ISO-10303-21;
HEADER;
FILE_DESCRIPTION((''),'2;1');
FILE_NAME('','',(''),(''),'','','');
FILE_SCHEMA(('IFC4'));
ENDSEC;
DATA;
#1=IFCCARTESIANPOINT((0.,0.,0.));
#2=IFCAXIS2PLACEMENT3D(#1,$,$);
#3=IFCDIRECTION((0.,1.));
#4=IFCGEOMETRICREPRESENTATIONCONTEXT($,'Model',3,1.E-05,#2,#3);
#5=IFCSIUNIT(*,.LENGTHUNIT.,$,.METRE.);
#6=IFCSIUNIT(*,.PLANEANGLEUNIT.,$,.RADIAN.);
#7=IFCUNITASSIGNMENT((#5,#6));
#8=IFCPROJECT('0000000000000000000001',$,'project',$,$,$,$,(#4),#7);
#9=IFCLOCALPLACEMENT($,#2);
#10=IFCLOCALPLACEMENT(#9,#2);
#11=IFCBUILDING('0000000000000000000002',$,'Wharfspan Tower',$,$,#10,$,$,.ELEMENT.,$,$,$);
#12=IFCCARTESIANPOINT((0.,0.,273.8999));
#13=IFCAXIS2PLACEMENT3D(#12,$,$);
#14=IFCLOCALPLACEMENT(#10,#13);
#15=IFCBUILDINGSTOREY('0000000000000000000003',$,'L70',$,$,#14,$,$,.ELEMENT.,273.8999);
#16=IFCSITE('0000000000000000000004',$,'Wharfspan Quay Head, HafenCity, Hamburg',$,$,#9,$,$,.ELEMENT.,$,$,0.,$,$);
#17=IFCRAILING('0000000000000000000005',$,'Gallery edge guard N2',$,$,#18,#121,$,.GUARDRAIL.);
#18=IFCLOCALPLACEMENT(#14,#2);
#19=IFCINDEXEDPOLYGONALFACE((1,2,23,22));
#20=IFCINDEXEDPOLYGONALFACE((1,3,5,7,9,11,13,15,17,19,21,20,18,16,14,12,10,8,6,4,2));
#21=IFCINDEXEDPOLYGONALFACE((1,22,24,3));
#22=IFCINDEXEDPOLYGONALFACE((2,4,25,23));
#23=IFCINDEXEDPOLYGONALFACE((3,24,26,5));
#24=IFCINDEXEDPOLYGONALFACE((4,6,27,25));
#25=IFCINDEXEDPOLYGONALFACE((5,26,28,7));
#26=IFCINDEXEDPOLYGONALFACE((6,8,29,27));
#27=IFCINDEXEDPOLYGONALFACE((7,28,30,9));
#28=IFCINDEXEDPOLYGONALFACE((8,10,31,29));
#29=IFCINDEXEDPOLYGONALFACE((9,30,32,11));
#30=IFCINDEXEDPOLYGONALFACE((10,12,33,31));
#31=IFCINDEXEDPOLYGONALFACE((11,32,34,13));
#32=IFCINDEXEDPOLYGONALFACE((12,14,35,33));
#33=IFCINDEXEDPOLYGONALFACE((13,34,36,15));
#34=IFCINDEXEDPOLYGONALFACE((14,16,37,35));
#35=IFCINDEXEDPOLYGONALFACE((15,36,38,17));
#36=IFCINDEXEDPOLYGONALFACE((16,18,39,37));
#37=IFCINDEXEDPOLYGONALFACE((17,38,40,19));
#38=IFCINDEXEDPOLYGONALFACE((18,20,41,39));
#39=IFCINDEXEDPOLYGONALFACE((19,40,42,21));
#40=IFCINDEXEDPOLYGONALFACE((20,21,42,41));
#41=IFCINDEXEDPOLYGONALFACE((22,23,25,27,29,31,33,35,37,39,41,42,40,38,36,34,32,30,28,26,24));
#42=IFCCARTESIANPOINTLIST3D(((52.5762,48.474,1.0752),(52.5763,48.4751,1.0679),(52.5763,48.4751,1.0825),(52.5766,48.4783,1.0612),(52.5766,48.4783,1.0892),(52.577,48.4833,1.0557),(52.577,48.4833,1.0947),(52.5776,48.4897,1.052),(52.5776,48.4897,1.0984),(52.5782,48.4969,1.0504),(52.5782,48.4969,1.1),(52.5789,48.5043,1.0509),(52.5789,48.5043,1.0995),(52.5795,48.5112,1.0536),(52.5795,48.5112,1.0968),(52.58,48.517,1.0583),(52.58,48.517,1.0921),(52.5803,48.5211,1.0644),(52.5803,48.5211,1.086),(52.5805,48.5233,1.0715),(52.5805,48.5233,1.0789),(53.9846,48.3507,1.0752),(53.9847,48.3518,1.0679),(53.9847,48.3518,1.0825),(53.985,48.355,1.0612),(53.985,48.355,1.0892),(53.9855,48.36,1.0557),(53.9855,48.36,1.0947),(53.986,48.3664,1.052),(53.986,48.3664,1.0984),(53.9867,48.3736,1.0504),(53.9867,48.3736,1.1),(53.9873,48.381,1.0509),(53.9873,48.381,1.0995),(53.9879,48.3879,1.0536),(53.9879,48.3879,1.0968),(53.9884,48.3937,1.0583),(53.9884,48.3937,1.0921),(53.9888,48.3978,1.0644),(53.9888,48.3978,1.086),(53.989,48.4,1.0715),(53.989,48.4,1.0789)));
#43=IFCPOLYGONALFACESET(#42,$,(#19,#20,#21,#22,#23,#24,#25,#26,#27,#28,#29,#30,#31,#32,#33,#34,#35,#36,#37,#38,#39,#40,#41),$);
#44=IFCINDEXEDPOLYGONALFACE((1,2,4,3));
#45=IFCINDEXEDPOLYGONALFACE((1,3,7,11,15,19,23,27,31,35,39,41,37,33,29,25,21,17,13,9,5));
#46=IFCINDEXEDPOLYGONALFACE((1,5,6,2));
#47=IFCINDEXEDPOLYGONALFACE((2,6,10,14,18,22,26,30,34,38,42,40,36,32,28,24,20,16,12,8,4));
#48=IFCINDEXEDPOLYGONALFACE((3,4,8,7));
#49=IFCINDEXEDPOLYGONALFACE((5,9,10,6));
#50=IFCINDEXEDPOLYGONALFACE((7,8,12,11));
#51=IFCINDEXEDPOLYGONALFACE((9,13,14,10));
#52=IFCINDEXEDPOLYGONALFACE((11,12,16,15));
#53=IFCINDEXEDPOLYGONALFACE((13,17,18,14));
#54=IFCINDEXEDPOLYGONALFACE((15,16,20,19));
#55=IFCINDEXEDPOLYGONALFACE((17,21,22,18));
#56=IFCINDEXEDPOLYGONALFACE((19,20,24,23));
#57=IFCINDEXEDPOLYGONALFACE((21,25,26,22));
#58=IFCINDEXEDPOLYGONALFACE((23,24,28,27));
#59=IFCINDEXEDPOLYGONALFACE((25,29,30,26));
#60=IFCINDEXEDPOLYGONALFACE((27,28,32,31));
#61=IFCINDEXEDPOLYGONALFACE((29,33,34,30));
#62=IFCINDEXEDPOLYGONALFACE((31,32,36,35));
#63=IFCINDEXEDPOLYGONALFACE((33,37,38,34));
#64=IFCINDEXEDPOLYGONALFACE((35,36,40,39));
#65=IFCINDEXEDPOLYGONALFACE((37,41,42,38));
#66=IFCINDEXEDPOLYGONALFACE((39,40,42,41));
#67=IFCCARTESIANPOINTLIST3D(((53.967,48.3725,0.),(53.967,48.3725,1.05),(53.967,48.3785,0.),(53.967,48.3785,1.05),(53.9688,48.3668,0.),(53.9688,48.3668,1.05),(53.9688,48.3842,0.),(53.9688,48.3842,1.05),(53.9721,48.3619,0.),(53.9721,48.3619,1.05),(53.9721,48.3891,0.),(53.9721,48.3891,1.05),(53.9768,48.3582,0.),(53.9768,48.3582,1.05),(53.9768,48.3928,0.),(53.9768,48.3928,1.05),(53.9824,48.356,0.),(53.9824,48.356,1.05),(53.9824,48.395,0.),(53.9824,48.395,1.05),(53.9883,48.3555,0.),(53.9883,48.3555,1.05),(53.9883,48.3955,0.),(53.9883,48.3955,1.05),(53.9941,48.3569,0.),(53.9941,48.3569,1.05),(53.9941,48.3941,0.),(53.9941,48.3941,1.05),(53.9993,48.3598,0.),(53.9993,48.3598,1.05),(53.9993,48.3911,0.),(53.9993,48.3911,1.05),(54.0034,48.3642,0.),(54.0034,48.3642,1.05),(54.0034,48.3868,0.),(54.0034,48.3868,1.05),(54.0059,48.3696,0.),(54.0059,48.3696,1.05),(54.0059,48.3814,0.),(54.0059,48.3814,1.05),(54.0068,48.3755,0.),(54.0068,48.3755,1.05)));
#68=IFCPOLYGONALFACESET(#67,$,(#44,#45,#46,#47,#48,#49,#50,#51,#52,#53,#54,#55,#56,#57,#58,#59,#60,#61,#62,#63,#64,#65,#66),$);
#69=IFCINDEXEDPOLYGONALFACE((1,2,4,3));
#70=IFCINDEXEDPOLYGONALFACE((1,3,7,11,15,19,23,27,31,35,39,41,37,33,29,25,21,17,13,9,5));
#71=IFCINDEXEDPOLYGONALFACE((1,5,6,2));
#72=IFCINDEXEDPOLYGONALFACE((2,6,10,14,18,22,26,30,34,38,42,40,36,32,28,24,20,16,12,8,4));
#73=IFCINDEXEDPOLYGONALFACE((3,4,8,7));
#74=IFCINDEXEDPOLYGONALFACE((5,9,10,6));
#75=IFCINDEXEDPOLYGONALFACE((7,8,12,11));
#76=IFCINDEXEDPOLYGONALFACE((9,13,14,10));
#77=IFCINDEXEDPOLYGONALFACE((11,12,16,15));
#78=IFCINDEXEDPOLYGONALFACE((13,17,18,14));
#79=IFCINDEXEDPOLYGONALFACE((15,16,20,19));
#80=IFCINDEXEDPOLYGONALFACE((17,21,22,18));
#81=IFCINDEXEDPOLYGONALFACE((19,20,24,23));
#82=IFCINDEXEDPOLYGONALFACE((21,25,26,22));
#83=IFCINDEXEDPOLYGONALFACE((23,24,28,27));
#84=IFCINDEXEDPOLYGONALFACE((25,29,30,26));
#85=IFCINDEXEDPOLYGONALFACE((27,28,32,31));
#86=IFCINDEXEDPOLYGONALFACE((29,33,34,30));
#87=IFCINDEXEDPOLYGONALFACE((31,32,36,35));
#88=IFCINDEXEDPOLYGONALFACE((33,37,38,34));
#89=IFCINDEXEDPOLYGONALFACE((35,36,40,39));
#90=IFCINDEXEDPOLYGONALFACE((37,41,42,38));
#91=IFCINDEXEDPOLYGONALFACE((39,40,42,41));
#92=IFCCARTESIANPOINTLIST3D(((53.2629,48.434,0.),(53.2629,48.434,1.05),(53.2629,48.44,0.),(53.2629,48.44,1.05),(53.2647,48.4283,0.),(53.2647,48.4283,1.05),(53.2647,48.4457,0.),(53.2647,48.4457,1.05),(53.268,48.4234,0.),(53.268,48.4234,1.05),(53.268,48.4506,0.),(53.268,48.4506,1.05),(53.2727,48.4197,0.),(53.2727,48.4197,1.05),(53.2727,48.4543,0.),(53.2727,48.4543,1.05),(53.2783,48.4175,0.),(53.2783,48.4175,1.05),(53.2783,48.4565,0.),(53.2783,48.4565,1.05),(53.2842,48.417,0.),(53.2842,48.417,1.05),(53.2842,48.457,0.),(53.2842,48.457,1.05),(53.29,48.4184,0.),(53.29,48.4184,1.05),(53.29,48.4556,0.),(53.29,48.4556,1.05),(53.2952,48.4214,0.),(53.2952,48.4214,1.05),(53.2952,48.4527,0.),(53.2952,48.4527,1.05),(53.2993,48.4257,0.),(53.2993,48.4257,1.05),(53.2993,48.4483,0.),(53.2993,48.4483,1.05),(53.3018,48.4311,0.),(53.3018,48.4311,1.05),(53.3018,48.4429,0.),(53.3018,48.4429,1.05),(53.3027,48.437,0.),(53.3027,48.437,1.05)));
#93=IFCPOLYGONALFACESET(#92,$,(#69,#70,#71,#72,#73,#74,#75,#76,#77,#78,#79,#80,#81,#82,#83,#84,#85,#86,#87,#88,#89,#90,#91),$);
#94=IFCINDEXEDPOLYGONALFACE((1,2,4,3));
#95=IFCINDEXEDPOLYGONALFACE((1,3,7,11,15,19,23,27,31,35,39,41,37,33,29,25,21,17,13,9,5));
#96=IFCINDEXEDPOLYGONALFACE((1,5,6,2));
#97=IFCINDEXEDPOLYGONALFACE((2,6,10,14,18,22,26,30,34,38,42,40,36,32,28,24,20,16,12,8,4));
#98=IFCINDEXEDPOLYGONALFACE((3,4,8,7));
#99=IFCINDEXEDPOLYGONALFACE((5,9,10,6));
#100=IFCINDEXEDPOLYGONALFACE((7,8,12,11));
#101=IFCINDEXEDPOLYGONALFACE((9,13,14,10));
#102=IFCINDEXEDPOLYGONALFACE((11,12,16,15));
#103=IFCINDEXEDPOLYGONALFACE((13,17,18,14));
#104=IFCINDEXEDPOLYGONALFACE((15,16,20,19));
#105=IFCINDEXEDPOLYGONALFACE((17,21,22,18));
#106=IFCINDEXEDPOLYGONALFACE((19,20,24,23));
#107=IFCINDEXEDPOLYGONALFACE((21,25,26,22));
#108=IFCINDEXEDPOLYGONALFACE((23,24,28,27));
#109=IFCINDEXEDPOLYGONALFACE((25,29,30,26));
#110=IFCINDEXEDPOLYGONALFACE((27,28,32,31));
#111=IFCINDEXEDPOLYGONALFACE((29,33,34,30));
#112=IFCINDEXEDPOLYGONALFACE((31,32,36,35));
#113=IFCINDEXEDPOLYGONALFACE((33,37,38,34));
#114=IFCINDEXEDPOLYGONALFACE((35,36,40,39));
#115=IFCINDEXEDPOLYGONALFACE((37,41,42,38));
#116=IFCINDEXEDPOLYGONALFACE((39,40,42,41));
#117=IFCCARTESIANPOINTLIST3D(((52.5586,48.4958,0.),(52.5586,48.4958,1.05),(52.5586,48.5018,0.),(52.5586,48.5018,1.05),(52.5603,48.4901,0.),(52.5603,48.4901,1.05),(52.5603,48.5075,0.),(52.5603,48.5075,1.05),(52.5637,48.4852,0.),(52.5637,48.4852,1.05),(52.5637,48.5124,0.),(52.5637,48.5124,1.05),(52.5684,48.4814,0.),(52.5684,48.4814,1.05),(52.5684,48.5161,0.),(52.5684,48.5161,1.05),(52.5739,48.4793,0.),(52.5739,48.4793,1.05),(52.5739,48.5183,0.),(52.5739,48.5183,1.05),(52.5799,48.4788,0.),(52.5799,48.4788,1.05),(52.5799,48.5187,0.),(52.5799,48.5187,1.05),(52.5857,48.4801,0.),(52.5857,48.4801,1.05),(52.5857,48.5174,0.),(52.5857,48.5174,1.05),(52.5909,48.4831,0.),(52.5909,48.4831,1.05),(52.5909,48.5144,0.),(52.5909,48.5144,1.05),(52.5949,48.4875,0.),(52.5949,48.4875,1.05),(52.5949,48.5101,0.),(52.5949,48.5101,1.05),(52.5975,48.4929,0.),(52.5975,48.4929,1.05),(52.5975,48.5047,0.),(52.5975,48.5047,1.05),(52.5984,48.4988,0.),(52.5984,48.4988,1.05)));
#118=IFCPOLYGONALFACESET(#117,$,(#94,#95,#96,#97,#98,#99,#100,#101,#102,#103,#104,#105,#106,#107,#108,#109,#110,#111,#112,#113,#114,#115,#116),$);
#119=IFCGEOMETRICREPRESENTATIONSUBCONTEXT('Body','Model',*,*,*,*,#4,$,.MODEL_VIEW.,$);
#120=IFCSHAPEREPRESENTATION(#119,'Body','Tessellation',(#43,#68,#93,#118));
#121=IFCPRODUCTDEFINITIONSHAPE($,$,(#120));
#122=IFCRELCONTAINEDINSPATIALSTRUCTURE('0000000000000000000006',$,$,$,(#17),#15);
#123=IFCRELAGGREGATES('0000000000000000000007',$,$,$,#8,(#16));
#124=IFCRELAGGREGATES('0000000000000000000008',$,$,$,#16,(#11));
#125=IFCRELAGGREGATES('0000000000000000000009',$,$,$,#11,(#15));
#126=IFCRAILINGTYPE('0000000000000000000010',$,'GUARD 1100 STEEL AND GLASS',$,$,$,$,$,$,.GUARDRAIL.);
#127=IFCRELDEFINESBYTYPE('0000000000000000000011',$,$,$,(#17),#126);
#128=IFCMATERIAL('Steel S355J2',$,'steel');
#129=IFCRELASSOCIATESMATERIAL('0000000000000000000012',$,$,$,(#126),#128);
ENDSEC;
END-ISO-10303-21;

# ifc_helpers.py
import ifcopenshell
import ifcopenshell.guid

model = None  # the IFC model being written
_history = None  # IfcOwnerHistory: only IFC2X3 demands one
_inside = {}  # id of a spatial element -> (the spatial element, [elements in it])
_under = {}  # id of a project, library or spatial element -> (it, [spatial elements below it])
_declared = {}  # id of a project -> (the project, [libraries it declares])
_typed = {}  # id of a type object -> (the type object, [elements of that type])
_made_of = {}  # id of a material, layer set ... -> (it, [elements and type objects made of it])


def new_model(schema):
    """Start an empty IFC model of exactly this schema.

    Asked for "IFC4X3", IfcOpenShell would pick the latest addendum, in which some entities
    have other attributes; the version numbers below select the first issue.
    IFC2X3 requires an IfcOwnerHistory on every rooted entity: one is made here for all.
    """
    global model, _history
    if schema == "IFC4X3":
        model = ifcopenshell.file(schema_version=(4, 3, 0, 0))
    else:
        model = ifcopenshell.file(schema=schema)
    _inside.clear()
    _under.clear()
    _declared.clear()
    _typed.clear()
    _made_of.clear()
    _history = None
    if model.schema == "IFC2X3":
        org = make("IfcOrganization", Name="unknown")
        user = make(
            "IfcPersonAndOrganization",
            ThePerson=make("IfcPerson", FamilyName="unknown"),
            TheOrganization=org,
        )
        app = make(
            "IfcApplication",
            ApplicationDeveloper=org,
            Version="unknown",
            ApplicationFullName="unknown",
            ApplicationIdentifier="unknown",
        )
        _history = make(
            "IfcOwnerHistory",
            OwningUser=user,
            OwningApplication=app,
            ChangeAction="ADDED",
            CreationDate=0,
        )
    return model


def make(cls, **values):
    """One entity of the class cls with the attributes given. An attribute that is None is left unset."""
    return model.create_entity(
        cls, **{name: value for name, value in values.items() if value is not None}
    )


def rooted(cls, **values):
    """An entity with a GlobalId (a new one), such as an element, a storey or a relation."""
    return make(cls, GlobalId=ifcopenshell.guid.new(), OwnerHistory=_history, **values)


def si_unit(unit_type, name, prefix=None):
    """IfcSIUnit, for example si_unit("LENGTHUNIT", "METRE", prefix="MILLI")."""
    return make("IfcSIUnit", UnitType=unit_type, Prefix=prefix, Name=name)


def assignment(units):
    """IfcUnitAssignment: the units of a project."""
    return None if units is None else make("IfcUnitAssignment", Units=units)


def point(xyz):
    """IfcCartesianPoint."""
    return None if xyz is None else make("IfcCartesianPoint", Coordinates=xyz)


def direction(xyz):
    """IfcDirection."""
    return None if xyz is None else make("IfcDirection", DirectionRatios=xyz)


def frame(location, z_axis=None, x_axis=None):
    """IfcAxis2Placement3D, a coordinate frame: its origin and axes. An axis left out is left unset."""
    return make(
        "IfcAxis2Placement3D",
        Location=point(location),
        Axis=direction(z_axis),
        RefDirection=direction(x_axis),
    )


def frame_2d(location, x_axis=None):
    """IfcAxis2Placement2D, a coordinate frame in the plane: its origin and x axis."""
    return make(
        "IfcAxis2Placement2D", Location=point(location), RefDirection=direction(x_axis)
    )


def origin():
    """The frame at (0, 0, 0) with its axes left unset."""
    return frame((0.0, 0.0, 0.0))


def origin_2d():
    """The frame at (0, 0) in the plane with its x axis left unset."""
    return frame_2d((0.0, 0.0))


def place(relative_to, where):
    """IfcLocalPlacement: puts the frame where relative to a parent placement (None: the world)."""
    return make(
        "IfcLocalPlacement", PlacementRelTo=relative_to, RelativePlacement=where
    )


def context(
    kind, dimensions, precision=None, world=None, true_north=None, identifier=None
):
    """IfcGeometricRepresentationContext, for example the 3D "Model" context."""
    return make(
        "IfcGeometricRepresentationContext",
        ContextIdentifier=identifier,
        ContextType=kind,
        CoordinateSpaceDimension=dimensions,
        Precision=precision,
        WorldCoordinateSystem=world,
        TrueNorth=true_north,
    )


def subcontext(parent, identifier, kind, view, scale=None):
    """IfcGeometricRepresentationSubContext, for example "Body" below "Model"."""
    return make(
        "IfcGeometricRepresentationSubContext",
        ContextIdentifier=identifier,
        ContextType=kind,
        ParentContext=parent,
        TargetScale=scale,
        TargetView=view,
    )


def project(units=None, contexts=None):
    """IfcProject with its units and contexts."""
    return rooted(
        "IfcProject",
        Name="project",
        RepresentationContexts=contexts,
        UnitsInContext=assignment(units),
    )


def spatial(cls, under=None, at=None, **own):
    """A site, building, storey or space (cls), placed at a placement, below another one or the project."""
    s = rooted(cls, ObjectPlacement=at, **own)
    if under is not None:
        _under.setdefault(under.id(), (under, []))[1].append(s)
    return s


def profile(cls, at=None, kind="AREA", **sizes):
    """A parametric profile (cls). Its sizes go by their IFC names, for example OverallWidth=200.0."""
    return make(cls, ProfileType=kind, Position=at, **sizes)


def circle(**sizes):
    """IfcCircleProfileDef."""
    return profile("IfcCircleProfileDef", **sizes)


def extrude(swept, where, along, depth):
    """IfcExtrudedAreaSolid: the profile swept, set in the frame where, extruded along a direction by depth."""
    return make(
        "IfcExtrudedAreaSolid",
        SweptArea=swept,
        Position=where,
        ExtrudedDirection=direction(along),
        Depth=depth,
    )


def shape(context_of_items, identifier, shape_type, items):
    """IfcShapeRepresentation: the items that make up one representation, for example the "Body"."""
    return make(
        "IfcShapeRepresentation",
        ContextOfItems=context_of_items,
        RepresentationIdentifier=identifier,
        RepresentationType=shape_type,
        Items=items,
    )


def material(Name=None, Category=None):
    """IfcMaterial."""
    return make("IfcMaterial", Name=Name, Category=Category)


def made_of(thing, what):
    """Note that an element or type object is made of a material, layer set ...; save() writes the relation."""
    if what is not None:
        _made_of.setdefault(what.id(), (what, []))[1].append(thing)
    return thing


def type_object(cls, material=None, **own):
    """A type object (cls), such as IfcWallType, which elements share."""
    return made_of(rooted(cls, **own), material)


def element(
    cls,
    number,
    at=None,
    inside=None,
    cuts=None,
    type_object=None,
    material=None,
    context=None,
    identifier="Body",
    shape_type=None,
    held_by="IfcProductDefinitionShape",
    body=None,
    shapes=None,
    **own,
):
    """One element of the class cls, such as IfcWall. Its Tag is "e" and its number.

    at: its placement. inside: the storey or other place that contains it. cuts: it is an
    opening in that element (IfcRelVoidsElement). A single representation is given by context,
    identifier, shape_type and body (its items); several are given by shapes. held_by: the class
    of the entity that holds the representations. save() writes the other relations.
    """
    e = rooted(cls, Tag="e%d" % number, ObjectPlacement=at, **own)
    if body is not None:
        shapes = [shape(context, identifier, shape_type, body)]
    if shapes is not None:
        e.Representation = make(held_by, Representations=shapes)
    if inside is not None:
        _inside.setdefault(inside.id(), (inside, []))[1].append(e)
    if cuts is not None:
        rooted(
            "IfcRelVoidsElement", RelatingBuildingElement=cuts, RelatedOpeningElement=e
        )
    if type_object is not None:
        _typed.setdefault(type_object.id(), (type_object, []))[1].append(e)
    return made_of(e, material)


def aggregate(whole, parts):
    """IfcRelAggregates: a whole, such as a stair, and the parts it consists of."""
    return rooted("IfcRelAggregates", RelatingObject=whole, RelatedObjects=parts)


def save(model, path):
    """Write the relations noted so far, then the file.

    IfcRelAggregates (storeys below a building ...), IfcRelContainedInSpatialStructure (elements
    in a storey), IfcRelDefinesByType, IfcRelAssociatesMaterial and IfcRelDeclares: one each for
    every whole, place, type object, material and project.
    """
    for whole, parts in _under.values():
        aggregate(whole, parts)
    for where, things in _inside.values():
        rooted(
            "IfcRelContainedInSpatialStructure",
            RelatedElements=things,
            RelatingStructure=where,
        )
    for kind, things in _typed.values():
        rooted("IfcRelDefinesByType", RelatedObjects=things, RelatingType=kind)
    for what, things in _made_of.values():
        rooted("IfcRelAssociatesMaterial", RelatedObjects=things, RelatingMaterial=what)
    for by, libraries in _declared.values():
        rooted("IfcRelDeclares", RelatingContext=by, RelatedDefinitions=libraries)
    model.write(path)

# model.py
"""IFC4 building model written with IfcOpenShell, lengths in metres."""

from ifc_helpers import new_model, si_unit, direction, frame, origin, origin_2d, place, context, subcontext, project, spatial, circle, extrude, material, type_object, element, save


model = new_model("IFC4")

# Units and contexts
model_context = context("Model", 3, precision=1e-05, world=origin(), true_north=direction((0.0, 1.0)))
body_context = subcontext(model_context, "Body", "Model", "MODEL_VIEW")
ifc_project = project(units=[si_unit("LENGTHUNIT", "METRE"), si_unit("PLANEANGLEUNIT", "RADIAN")], contexts=[model_context])

# Site, building, storey
site_placement = place(None, origin())
site = spatial("IfcSite", under=ifc_project, at=site_placement, Name="Wharfspan Quay Head, HafenCity, Hamburg", CompositionType="ELEMENT", RefElevation=0.0)
building_placement = place(site_placement, origin())
building = spatial("IfcBuilding", under=site, at=building_placement, Name="Wharfspan Tower", CompositionType="ELEMENT")
storey_placement = place(building_placement, frame((0.0, 0.0, 273.8999)))
storey = spatial("IfcBuildingStorey", under=building, at=storey_placement, Name="L70", CompositionType="ELEMENT", Elevation=273.8999)

# Shared definitions
ifc_material_1 = material(Name="Steel S355J2", Category="steel")

# Railing
railing_type_1 = type_object("IfcRailingType", Name="GUARD 1100 STEEL AND GLASS", PredefinedType="GUARDRAIL", material=ifc_material_1)
railing_placement = place(storey_placement, frame((53.9868, 48.3755, 0.0)))
element("IfcRailing", 1, at=railing_placement, inside=storey, type_object=railing_type_1, Name="Gallery edge guard N2", PredefinedType="GUARDRAIL", context=body_context, shape_type="SweptSolid", body=[
    extrude(circle(Radius=0.0249, at=origin_2d()), frame((0.0, 0.0, 1.0752), z_axis=(-0.996191, 0.087203, 0.0), x_axis=(-0.087203, -0.996191, 0.0)), (0.0, 0.0, 1.0), 1.4138),
    extrude(circle(Radius=0.02, at=origin_2d()), origin(), (0.0, 0.0, 1.0), 1.05),
    extrude(circle(Radius=0.02, at=origin_2d()), frame((-0.7041, 0.0615, 0.0)), (0.0, 0.0, 1.0), 1.05),
    extrude(circle(Radius=0.02, at=origin_2d()), frame((-1.4084, 0.1233, 0.0)), (0.0, 0.0, 1.0), 1.05),
])

save(model, "model.ifc")
